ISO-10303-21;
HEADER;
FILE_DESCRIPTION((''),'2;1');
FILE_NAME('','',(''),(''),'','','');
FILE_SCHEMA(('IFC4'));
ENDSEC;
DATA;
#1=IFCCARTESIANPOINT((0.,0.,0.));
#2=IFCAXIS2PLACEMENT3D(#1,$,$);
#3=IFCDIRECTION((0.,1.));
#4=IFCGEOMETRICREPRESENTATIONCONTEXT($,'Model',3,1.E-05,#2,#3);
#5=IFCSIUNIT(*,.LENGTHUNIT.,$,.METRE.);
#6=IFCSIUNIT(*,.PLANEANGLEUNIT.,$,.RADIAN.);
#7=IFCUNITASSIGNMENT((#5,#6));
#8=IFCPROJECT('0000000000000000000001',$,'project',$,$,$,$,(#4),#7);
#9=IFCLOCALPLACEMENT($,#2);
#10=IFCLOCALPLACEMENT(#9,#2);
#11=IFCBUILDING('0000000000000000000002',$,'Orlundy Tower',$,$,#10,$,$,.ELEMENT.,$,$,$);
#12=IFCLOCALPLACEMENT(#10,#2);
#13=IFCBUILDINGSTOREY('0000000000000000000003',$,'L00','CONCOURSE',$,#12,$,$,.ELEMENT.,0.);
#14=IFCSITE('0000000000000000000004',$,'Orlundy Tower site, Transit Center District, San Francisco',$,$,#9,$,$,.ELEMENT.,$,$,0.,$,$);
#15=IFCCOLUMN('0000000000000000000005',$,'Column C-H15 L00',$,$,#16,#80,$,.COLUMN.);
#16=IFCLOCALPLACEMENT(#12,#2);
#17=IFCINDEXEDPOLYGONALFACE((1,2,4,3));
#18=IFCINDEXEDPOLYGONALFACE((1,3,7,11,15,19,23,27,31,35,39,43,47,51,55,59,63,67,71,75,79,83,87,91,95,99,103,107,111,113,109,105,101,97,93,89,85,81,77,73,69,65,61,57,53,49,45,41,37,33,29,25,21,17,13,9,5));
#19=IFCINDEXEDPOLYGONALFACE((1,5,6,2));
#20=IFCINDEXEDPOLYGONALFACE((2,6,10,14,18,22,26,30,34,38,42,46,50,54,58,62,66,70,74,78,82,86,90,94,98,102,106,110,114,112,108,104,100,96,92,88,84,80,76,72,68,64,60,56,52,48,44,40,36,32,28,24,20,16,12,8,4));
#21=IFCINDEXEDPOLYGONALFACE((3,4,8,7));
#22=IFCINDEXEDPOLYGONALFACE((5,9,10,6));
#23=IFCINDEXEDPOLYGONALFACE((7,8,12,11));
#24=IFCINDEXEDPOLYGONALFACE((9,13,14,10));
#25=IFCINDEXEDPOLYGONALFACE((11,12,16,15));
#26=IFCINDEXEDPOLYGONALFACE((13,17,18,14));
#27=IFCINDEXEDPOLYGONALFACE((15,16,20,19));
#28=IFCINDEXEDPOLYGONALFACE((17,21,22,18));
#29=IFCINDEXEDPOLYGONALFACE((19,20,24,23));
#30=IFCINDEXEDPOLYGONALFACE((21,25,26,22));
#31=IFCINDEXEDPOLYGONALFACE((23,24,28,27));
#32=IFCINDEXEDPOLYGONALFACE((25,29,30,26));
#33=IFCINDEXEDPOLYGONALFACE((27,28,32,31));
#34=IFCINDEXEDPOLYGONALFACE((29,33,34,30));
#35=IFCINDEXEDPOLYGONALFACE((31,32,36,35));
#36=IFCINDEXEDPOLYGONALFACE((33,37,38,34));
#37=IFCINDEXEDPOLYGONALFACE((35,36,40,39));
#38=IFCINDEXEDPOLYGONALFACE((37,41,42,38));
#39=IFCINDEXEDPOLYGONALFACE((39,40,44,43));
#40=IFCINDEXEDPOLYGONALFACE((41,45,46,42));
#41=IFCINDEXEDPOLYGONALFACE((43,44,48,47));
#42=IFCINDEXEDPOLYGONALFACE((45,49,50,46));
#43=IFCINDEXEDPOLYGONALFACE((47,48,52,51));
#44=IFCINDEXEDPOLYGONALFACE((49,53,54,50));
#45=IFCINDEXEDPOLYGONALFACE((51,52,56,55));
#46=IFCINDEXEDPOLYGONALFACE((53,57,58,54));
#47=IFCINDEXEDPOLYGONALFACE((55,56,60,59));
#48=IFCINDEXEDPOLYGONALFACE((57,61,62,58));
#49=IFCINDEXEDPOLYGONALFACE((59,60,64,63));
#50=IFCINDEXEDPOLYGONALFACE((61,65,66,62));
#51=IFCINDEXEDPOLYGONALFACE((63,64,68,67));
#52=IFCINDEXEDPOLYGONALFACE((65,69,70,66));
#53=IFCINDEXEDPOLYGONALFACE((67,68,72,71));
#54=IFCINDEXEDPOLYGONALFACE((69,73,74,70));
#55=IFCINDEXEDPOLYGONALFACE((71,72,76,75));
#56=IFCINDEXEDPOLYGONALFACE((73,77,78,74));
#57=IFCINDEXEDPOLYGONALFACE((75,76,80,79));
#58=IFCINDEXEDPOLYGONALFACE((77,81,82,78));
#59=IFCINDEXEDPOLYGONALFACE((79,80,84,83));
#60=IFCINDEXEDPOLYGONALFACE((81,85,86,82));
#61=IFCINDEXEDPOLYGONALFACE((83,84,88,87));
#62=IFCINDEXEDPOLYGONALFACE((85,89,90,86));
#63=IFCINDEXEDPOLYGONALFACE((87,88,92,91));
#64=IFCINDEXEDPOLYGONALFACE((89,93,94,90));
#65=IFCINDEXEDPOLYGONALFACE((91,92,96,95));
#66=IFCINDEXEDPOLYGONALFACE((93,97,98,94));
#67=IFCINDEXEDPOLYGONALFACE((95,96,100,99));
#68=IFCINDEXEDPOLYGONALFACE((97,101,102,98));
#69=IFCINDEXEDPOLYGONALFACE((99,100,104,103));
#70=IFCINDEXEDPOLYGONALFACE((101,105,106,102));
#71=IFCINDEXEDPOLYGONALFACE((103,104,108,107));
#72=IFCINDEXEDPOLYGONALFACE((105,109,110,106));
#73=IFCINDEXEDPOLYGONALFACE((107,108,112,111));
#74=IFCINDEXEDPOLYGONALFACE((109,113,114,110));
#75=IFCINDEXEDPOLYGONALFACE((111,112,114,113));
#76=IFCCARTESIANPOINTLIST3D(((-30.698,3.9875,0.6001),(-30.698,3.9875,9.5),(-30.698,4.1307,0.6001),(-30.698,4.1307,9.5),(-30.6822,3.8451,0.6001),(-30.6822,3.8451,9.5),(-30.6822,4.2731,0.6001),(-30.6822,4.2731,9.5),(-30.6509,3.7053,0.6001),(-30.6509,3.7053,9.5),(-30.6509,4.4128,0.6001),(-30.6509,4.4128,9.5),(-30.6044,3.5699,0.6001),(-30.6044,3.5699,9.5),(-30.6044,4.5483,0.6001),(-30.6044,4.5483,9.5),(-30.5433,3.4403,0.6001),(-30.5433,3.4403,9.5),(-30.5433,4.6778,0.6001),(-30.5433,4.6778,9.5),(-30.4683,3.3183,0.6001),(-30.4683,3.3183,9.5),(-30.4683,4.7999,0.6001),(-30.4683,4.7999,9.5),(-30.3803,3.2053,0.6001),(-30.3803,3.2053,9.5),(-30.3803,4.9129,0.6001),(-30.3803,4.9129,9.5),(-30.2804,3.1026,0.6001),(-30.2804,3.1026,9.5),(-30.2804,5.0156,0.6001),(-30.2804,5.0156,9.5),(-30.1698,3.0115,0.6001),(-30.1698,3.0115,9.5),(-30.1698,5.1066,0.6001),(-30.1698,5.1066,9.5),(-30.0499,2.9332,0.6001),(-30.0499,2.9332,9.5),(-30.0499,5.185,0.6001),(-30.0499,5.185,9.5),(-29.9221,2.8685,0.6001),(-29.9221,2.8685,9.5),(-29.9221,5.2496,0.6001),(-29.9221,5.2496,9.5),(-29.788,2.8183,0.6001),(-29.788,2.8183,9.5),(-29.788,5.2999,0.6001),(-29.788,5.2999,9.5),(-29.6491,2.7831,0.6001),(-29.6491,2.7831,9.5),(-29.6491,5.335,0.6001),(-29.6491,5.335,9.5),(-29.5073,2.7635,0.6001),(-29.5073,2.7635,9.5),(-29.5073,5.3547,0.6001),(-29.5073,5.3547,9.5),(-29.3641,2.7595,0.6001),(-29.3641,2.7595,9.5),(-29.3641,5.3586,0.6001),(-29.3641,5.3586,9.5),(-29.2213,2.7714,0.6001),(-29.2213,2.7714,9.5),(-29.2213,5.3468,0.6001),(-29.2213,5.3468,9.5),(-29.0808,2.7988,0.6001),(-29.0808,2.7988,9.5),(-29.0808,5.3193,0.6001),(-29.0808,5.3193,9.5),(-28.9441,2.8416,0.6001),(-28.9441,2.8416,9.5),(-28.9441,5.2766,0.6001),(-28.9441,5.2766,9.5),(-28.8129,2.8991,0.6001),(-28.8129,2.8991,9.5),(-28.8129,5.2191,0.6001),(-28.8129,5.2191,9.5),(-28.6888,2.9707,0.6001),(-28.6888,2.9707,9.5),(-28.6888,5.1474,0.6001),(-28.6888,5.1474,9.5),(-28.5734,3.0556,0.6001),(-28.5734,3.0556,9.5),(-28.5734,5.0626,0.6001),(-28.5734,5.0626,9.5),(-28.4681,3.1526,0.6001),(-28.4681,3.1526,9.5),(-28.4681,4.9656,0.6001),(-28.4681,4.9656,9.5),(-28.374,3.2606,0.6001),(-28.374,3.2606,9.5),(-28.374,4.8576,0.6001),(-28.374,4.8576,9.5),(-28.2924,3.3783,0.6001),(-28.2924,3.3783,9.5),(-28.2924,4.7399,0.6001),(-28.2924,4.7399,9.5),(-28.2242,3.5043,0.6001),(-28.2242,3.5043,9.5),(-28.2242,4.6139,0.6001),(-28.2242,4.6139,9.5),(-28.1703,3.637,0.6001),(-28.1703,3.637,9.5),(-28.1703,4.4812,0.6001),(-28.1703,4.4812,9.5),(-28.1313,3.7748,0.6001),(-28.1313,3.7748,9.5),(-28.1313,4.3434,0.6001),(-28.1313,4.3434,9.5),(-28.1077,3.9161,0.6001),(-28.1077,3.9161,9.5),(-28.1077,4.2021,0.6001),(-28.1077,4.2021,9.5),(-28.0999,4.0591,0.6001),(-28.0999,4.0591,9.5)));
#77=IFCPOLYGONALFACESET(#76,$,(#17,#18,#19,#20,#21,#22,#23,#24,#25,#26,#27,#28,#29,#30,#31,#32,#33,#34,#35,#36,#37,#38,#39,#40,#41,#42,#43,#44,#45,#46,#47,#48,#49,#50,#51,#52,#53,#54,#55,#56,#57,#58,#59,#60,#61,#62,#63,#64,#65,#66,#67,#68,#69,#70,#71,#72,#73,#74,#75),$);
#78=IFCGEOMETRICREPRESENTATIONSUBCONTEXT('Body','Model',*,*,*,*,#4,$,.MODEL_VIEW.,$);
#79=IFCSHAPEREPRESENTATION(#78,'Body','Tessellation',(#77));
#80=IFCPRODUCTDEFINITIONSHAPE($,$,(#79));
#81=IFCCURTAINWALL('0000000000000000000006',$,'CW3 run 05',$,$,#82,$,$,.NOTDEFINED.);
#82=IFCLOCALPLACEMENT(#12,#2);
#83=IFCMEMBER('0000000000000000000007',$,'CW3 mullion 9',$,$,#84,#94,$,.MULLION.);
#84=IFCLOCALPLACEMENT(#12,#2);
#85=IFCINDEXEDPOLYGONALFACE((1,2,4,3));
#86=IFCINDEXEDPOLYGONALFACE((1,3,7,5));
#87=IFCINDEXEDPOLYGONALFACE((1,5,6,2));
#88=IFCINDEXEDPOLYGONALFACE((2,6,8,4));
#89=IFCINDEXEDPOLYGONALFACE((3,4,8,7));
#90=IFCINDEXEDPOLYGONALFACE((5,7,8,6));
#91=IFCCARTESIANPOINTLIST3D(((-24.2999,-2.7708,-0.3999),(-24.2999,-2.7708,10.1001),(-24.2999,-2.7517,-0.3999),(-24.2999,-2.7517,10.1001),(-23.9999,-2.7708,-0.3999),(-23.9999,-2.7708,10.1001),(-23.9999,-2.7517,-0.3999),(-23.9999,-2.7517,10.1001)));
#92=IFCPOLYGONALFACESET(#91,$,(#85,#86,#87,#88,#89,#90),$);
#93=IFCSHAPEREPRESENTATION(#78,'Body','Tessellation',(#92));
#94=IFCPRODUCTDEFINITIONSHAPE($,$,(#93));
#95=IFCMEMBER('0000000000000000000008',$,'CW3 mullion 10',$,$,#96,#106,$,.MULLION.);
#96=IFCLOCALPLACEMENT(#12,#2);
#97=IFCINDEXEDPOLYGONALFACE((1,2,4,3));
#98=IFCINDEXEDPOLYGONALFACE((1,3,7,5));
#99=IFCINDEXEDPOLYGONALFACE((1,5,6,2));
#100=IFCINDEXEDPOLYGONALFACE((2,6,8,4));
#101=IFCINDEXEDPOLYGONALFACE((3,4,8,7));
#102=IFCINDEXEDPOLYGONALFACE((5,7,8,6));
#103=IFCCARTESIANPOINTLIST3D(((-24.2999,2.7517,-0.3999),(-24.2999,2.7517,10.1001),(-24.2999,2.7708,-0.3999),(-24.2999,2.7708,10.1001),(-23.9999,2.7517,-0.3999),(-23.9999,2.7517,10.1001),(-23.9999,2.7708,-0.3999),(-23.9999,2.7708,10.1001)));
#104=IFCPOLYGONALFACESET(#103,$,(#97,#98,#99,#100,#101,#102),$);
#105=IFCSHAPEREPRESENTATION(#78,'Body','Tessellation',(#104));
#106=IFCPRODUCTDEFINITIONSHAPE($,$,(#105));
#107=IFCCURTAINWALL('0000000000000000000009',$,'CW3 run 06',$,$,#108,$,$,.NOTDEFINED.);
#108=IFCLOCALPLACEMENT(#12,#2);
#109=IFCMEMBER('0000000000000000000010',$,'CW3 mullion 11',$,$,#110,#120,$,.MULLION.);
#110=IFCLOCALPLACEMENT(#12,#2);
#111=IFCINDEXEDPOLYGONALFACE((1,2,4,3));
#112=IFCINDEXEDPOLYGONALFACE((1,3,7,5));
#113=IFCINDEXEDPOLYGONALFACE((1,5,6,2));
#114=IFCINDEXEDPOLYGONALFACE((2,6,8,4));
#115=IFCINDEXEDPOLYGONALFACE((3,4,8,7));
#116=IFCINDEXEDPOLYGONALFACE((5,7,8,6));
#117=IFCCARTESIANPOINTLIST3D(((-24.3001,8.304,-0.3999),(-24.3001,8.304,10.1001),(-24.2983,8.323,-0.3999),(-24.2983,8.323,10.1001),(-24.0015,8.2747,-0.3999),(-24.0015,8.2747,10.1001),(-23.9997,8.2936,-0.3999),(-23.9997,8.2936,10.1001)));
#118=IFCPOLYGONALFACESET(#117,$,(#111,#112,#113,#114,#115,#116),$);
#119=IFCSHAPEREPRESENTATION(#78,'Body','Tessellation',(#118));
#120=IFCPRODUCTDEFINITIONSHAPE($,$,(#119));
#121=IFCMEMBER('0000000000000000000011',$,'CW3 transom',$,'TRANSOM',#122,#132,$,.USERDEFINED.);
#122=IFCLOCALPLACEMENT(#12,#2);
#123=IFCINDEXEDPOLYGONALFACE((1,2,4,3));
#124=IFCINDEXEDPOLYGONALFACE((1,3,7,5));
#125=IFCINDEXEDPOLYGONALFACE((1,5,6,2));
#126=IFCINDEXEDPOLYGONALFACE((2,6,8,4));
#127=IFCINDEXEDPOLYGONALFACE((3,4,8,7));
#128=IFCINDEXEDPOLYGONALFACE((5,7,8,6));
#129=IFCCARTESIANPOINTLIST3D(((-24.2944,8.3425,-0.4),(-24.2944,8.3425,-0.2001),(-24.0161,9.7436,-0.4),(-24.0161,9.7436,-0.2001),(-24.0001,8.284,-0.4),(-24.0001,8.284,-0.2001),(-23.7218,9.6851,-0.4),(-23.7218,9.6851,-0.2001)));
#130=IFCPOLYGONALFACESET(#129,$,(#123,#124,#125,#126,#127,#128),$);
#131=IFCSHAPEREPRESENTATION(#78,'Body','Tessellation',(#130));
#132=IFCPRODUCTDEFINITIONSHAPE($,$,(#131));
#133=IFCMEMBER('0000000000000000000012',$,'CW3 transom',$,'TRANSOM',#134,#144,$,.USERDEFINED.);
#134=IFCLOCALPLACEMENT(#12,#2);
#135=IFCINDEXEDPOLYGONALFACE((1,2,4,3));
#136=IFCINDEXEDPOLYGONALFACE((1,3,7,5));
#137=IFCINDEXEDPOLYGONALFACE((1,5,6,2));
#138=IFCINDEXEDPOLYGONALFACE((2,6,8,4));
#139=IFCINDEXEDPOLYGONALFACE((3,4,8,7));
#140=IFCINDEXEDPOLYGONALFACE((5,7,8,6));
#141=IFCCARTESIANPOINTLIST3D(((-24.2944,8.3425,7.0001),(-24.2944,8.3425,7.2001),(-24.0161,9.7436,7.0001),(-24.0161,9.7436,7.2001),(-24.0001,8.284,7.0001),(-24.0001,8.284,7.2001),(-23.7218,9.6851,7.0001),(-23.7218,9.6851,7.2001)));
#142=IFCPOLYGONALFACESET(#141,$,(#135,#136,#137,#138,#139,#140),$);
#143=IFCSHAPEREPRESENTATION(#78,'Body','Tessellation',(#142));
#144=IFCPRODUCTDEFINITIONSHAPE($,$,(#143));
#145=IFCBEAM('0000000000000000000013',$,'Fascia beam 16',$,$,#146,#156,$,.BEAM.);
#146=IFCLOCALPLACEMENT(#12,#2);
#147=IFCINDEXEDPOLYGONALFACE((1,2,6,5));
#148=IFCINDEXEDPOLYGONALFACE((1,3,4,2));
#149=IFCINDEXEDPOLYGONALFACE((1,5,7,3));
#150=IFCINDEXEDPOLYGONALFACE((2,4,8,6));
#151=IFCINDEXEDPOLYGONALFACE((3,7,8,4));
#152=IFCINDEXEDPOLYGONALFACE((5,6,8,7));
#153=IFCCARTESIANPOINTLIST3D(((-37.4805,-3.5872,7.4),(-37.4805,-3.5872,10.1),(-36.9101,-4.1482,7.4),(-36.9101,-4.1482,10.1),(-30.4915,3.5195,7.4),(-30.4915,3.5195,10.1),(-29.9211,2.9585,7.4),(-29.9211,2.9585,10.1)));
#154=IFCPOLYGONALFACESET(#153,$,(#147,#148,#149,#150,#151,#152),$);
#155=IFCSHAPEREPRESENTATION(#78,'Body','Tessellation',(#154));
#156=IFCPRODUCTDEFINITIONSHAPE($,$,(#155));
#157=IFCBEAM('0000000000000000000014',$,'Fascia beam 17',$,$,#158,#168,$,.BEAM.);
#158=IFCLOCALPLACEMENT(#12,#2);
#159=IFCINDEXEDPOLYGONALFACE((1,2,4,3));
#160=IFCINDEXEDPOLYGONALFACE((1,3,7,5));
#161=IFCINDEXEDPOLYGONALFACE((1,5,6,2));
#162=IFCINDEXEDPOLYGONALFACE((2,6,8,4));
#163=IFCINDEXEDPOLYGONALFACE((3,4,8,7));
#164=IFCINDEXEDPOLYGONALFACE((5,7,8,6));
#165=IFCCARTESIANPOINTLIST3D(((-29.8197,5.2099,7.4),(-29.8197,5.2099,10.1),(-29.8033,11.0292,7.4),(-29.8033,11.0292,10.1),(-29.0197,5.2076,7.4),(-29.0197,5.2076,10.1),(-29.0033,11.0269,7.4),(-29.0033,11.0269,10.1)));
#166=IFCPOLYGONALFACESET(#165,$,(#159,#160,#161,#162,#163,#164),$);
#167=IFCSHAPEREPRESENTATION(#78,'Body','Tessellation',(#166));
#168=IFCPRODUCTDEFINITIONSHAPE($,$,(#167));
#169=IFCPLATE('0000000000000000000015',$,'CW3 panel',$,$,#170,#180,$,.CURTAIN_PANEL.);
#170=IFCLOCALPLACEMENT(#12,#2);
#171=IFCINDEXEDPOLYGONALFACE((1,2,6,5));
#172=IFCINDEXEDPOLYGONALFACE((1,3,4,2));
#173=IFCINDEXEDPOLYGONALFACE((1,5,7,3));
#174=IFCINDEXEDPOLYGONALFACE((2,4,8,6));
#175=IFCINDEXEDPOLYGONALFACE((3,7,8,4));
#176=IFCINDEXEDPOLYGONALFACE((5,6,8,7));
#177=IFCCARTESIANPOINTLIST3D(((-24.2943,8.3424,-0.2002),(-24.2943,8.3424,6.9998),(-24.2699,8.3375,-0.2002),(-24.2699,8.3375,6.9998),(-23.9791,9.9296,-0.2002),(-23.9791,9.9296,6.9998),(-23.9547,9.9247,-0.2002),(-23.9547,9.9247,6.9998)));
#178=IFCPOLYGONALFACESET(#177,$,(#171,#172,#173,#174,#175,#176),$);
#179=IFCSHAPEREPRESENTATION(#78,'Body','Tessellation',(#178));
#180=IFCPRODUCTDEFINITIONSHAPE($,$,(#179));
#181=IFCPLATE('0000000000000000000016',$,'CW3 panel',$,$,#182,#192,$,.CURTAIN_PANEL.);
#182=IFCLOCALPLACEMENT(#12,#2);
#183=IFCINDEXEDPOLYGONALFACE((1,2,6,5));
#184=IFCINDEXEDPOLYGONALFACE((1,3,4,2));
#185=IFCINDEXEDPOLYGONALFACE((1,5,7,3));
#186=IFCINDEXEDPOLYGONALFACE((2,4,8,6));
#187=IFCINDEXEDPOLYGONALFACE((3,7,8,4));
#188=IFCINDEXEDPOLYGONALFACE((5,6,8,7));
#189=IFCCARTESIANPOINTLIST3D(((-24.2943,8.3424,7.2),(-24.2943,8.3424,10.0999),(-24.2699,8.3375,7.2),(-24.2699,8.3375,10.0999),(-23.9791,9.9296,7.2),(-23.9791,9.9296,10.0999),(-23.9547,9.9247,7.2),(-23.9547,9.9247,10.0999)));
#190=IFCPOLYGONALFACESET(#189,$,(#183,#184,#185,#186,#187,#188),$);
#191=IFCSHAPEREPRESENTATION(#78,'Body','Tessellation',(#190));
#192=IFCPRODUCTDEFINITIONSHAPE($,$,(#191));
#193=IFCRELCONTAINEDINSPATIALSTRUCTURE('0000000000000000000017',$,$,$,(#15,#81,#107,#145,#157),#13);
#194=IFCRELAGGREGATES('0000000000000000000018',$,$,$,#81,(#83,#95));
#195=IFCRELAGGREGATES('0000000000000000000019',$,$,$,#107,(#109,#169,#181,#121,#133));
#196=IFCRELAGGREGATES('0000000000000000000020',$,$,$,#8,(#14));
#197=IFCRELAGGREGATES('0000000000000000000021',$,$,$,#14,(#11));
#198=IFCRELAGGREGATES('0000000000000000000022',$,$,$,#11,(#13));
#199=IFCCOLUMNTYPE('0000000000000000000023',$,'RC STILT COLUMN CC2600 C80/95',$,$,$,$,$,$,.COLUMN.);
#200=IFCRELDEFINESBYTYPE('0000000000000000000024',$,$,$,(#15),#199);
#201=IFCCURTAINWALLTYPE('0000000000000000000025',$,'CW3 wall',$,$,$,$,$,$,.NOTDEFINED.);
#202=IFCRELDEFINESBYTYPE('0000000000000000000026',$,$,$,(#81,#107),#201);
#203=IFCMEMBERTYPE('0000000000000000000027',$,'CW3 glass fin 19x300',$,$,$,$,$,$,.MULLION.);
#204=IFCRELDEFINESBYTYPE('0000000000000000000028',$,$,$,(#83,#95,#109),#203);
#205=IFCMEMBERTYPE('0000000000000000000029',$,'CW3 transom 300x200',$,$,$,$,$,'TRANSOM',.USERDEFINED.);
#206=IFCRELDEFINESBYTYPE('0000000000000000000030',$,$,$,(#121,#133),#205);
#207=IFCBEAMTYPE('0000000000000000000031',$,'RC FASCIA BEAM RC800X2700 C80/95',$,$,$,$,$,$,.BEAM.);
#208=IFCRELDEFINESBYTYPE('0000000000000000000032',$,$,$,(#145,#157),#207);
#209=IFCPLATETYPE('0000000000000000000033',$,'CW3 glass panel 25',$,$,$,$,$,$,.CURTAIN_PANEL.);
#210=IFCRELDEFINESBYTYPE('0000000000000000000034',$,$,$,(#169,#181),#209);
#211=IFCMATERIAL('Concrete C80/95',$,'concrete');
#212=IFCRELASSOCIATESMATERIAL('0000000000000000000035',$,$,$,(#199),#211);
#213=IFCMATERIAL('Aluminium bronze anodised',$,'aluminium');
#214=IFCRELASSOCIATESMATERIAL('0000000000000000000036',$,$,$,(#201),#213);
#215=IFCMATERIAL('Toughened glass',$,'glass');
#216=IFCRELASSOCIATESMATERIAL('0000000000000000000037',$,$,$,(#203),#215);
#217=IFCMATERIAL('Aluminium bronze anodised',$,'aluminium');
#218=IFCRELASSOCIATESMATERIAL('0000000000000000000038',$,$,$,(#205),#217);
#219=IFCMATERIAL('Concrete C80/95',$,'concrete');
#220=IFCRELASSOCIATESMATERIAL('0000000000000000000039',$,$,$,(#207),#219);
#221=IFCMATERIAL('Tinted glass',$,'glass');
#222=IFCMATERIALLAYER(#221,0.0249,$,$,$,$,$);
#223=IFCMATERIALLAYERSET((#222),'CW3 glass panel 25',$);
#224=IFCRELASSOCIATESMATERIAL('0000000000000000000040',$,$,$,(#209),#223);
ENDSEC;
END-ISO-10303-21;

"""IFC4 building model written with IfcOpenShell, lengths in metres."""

from ifc_helpers import new_model, si_unit, direction, frame, origin, origin_2d, place, context, subcontext, project, spatial, rectangle, circle, extrude, material, layer, layer_set, material_profile, profile_set, type_object, element, aggregate, save


model = new_model("IFC4")

# Units and contexts
model_context = context("Model", 3, precision=1e-05, world=origin(), true_north=direction((0.0, 1.0)))
body_context = subcontext(model_context, "Body", "Model", "MODEL_VIEW")
ifc_project = project(units=[si_unit("LENGTHUNIT", "METRE"), si_unit("PLANEANGLEUNIT", "RADIAN")], contexts=[model_context])

# Site, building, storey
site_placement = place(None, origin())
site = spatial("IfcSite", under=ifc_project, at=site_placement, Name="Orlundy Tower site, Transit Center District, San Francisco", CompositionType="ELEMENT", RefElevation=0.0)
building_placement = place(site_placement, origin())
building = spatial("IfcBuilding", under=site, at=building_placement, Name="Orlundy Tower", CompositionType="ELEMENT")
storey_placement = place(building_placement, origin())
storey = spatial("IfcBuildingStorey", under=building, at=storey_placement, Name="L00", Description="CONCOURSE", CompositionType="ELEMENT", Elevation=0.0)

# Column
ifc_material_1 = material(Name="Concrete C80/95", Category="concrete")
ifc_material_profile_1 = material_profile(ifc_material_1, circle(Radius=1.3, at=origin_2d()), Name="CC2600")
ifc_profile_set_1 = profile_set([ifc_material_profile_1], Name="Concrete C80/95")
column_type = type_object("IfcColumnType", Name="RC STILT COLUMN CC2600 C80/95", PredefinedType="COLUMN", material=ifc_profile_set_1)
column_placement = place(storey_placement, frame((-29.3999, 4.0591, 0.6001), z_axis=(0.0, 0.0, 1.0), x_axis=(1.0, 0.0, 0.0)))
element("IfcColumn", 1, at=column_placement, inside=storey, type_object=column_type, Name="Column C-H15 L00", PredefinedType="COLUMN", context=body_context, shape_type="SweptSolid", body=[
    extrude(circle(Radius=1.3, at=origin_2d()), origin(), (0.0, 0.0, 1.0), 8.8999),
])

# Curtain walls, members
ifc_material_2 = material(Name="Aluminium bronze anodised", Category="aluminium")
curtain_wall_type = type_object("IfcCurtainWallType", Name="CW3 wall", PredefinedType="NOTDEFINED", material=ifc_material_2)
curtain_wall_1_placement = place(storey_placement, origin())
curtain_wall_1 = element("IfcCurtainWall", 2, at=curtain_wall_1_placement, inside=storey, type_object=curtain_wall_type, Name="CW3 run 05", PredefinedType="NOTDEFINED")
ifc_material_3 = material(Name="Toughened glass", Category="glass")
ifc_material_profile_2 = material_profile(ifc_material_3, rectangle(XDim=0.3, YDim=0.019, at=origin_2d()), Name="CW3 glass fin 19x300")
ifc_profile_set_2 = profile_set([ifc_material_profile_2], Name="Toughened glass")
member_type_1 = type_object("IfcMemberType", Name="CW3 glass fin 19x300", PredefinedType="MULLION", material=ifc_profile_set_2)
member_1_placement = place(storey_placement, frame((-24.1499, -2.7612, -0.3999), z_axis=(0.0, 0.0, 1.0), x_axis=(-1.0, 0.0, 0.0)))
member_1 = element("IfcMember", 3, at=member_1_placement, type_object=member_type_1, Name="CW3 mullion 9", PredefinedType="MULLION", context=body_context, shape_type="SweptSolid", body=[
    extrude(rectangle(XDim=0.3, YDim=0.019, at=origin_2d()), origin(), (0.0, 0.0, 1.0), 10.5),
])
member_2_placement = place(storey_placement, frame((-24.1499, 2.7612, -0.3999), z_axis=(0.0, 0.0, 1.0), x_axis=(-1.0, 0.0, 0.0)))
member_2 = element("IfcMember", 4, at=member_2_placement, type_object=member_type_1, Name="CW3 mullion 10", PredefinedType="MULLION", context=body_context, shape_type="SweptSolid", body=[
    extrude(rectangle(XDim=0.3, YDim=0.019, at=origin_2d()), origin(), (0.0, 0.0, 1.0), 10.5),
])
aggregate(curtain_wall_1, [member_1, member_2])
curtain_wall_2_placement = place(storey_placement, origin())
curtain_wall_2 = element("IfcCurtainWall", 5, at=curtain_wall_2_placement, inside=storey, type_object=curtain_wall_type, Name="CW3 run 06", PredefinedType="NOTDEFINED")
member_3_placement = place(storey_placement, frame((-24.1499, 8.2988, -0.3999), z_axis=(0.0, 0.0, 1.0), x_axis=(-0.995201, 0.09785, 0.0)))
member_3 = element("IfcMember", 6, at=member_3_placement, type_object=member_type_1, Name="CW3 mullion 11", PredefinedType="MULLION", context=body_context, shape_type="SweptSolid", body=[
    extrude(rectangle(XDim=0.3, YDim=0.019, at=origin_2d()), origin(), (0.0, 0.0, 1.0), 10.5),
])
ifc_material_4 = material(Name="Aluminium bronze anodised", Category="aluminium")
ifc_material_profile_3 = material_profile(ifc_material_4, rectangle(XDim=0.3, YDim=0.2, at=origin_2d()), Name="CW3 transom 300x200")
ifc_profile_set_3 = profile_set([ifc_material_profile_3], Name="Aluminium bronze anodised")
member_type_2 = type_object("IfcMemberType", Name="CW3 transom 300x200", ElementType="TRANSOM", PredefinedType="USERDEFINED", material=ifc_profile_set_3)
member_4_placement = place(storey_placement, frame((-24.1472, 8.3132, -0.3), z_axis=(0.194834, 0.980836, 0.0), x_axis=(-0.980836, 0.194834, 0.0)))
member_4 = element("IfcMember", 7, at=member_4_placement, type_object=member_type_2, Name="CW3 transom", ObjectType="TRANSOM", PredefinedType="USERDEFINED", context=body_context, shape_type="SweptSolid", body=[
    extrude(rectangle(XDim=0.3, YDim=0.2, at=origin_2d()), origin(), (0.0, 0.0, 1.0), 1.4285),
])
member_5_placement = place(storey_placement, frame((-24.1472, 8.3132, 7.1001), z_axis=(0.194834, 0.980836, 0.0), x_axis=(-0.980836, 0.194834, 0.0)))
member_5 = element("IfcMember", 8, at=member_5_placement, type_object=member_type_2, Name="CW3 transom", ObjectType="TRANSOM", PredefinedType="USERDEFINED", context=body_context, shape_type="SweptSolid", body=[
    extrude(rectangle(XDim=0.3, YDim=0.2, at=origin_2d()), origin(), (0.0, 0.0, 1.0), 1.4285),
])

# Beams
ifc_material_5 = material(Name="Concrete C80/95", Category="concrete")
ifc_material_profile_4 = material_profile(ifc_material_5, rectangle(XDim=0.8, YDim=2.7, at=origin_2d()), Name="RC800X2700")
ifc_profile_set_4 = profile_set([ifc_material_profile_4], Name="Concrete C80/95")
beam_type = type_object("IfcBeamType", Name="RC FASCIA BEAM RC800X2700 C80/95", PredefinedType="BEAM", material=ifc_profile_set_4)
beam_1_placement = place(storey_placement, frame((-37.1953, -3.8677, 8.75), z_axis=(0.701179, 0.712985, 0.0), x_axis=(-0.712985, 0.701179, 0.0)))
element("IfcBeam", 9, at=beam_1_placement, inside=storey, type_object=beam_type, Name="Fascia beam 16", PredefinedType="BEAM", context=body_context, shape_type="SweptSolid", body=[
    extrude(rectangle(XDim=0.8, YDim=2.7, at=origin_2d()), origin(), (0.0, 0.0, 1.0), 9.9675),
])
beam_2_placement = place(storey_placement, frame((-29.4197, 5.2087, 8.75), z_axis=(0.002811, 0.999996, 0.0), x_axis=(-0.999996, 0.002811, 0.0)))
element("IfcBeam", 10, at=beam_2_placement, inside=storey, type_object=beam_type, Name="Fascia beam 17", PredefinedType="BEAM", context=body_context, shape_type="SweptSolid", body=[
    extrude(rectangle(XDim=0.8, YDim=2.7, at=origin_2d()), origin(), (0.0, 0.0, 1.0), 5.8193),
])

# Plates
ifc_material_6 = material(Name="Tinted glass", Category="glass")
ifc_layer_1 = layer(ifc_material_6, 0.0249)
ifc_layer_set_1 = layer_set([ifc_layer_1], Name="CW3 glass panel 25")
plate_type = type_object("IfcPlateType", Name="CW3 glass panel 25", PredefinedType="CURTAIN_PANEL", material=ifc_layer_set_1)
plate_1_placement = place(storey_placement, frame((-24.1245, 9.1335, -0.2002), z_axis=(0.0, 0.0, 1.0), x_axis=(0.194761, 0.980851, 0.0)))
plate_1 = element("IfcPlate", 11, at=plate_1_placement, type_object=plate_type, Name="CW3 panel", PredefinedType="CURTAIN_PANEL", context=body_context, shape_type="SweptSolid", body=[
    extrude(rectangle(XDim=1.6182, YDim=0.0249, at=origin_2d()), origin(), (0.0, 0.0, 1.0), 7.2),
])
plate_2_placement = place(storey_placement, frame((-24.1245, 9.1335, 7.2), z_axis=(0.0, 0.0, 1.0), x_axis=(0.194761, 0.980851, 0.0)))
plate_2 = element("IfcPlate", 12, at=plate_2_placement, type_object=plate_type, Name="CW3 panel", PredefinedType="CURTAIN_PANEL", context=body_context, shape_type="SweptSolid", body=[
    extrude(rectangle(XDim=1.6182, YDim=0.0249, at=origin_2d()), origin(), (0.0, 0.0, 1.0), 2.8999),
])
aggregate(curtain_wall_2, [member_3, plate_1, plate_2, member_4, member_5])

save(model, "model.ifc")
